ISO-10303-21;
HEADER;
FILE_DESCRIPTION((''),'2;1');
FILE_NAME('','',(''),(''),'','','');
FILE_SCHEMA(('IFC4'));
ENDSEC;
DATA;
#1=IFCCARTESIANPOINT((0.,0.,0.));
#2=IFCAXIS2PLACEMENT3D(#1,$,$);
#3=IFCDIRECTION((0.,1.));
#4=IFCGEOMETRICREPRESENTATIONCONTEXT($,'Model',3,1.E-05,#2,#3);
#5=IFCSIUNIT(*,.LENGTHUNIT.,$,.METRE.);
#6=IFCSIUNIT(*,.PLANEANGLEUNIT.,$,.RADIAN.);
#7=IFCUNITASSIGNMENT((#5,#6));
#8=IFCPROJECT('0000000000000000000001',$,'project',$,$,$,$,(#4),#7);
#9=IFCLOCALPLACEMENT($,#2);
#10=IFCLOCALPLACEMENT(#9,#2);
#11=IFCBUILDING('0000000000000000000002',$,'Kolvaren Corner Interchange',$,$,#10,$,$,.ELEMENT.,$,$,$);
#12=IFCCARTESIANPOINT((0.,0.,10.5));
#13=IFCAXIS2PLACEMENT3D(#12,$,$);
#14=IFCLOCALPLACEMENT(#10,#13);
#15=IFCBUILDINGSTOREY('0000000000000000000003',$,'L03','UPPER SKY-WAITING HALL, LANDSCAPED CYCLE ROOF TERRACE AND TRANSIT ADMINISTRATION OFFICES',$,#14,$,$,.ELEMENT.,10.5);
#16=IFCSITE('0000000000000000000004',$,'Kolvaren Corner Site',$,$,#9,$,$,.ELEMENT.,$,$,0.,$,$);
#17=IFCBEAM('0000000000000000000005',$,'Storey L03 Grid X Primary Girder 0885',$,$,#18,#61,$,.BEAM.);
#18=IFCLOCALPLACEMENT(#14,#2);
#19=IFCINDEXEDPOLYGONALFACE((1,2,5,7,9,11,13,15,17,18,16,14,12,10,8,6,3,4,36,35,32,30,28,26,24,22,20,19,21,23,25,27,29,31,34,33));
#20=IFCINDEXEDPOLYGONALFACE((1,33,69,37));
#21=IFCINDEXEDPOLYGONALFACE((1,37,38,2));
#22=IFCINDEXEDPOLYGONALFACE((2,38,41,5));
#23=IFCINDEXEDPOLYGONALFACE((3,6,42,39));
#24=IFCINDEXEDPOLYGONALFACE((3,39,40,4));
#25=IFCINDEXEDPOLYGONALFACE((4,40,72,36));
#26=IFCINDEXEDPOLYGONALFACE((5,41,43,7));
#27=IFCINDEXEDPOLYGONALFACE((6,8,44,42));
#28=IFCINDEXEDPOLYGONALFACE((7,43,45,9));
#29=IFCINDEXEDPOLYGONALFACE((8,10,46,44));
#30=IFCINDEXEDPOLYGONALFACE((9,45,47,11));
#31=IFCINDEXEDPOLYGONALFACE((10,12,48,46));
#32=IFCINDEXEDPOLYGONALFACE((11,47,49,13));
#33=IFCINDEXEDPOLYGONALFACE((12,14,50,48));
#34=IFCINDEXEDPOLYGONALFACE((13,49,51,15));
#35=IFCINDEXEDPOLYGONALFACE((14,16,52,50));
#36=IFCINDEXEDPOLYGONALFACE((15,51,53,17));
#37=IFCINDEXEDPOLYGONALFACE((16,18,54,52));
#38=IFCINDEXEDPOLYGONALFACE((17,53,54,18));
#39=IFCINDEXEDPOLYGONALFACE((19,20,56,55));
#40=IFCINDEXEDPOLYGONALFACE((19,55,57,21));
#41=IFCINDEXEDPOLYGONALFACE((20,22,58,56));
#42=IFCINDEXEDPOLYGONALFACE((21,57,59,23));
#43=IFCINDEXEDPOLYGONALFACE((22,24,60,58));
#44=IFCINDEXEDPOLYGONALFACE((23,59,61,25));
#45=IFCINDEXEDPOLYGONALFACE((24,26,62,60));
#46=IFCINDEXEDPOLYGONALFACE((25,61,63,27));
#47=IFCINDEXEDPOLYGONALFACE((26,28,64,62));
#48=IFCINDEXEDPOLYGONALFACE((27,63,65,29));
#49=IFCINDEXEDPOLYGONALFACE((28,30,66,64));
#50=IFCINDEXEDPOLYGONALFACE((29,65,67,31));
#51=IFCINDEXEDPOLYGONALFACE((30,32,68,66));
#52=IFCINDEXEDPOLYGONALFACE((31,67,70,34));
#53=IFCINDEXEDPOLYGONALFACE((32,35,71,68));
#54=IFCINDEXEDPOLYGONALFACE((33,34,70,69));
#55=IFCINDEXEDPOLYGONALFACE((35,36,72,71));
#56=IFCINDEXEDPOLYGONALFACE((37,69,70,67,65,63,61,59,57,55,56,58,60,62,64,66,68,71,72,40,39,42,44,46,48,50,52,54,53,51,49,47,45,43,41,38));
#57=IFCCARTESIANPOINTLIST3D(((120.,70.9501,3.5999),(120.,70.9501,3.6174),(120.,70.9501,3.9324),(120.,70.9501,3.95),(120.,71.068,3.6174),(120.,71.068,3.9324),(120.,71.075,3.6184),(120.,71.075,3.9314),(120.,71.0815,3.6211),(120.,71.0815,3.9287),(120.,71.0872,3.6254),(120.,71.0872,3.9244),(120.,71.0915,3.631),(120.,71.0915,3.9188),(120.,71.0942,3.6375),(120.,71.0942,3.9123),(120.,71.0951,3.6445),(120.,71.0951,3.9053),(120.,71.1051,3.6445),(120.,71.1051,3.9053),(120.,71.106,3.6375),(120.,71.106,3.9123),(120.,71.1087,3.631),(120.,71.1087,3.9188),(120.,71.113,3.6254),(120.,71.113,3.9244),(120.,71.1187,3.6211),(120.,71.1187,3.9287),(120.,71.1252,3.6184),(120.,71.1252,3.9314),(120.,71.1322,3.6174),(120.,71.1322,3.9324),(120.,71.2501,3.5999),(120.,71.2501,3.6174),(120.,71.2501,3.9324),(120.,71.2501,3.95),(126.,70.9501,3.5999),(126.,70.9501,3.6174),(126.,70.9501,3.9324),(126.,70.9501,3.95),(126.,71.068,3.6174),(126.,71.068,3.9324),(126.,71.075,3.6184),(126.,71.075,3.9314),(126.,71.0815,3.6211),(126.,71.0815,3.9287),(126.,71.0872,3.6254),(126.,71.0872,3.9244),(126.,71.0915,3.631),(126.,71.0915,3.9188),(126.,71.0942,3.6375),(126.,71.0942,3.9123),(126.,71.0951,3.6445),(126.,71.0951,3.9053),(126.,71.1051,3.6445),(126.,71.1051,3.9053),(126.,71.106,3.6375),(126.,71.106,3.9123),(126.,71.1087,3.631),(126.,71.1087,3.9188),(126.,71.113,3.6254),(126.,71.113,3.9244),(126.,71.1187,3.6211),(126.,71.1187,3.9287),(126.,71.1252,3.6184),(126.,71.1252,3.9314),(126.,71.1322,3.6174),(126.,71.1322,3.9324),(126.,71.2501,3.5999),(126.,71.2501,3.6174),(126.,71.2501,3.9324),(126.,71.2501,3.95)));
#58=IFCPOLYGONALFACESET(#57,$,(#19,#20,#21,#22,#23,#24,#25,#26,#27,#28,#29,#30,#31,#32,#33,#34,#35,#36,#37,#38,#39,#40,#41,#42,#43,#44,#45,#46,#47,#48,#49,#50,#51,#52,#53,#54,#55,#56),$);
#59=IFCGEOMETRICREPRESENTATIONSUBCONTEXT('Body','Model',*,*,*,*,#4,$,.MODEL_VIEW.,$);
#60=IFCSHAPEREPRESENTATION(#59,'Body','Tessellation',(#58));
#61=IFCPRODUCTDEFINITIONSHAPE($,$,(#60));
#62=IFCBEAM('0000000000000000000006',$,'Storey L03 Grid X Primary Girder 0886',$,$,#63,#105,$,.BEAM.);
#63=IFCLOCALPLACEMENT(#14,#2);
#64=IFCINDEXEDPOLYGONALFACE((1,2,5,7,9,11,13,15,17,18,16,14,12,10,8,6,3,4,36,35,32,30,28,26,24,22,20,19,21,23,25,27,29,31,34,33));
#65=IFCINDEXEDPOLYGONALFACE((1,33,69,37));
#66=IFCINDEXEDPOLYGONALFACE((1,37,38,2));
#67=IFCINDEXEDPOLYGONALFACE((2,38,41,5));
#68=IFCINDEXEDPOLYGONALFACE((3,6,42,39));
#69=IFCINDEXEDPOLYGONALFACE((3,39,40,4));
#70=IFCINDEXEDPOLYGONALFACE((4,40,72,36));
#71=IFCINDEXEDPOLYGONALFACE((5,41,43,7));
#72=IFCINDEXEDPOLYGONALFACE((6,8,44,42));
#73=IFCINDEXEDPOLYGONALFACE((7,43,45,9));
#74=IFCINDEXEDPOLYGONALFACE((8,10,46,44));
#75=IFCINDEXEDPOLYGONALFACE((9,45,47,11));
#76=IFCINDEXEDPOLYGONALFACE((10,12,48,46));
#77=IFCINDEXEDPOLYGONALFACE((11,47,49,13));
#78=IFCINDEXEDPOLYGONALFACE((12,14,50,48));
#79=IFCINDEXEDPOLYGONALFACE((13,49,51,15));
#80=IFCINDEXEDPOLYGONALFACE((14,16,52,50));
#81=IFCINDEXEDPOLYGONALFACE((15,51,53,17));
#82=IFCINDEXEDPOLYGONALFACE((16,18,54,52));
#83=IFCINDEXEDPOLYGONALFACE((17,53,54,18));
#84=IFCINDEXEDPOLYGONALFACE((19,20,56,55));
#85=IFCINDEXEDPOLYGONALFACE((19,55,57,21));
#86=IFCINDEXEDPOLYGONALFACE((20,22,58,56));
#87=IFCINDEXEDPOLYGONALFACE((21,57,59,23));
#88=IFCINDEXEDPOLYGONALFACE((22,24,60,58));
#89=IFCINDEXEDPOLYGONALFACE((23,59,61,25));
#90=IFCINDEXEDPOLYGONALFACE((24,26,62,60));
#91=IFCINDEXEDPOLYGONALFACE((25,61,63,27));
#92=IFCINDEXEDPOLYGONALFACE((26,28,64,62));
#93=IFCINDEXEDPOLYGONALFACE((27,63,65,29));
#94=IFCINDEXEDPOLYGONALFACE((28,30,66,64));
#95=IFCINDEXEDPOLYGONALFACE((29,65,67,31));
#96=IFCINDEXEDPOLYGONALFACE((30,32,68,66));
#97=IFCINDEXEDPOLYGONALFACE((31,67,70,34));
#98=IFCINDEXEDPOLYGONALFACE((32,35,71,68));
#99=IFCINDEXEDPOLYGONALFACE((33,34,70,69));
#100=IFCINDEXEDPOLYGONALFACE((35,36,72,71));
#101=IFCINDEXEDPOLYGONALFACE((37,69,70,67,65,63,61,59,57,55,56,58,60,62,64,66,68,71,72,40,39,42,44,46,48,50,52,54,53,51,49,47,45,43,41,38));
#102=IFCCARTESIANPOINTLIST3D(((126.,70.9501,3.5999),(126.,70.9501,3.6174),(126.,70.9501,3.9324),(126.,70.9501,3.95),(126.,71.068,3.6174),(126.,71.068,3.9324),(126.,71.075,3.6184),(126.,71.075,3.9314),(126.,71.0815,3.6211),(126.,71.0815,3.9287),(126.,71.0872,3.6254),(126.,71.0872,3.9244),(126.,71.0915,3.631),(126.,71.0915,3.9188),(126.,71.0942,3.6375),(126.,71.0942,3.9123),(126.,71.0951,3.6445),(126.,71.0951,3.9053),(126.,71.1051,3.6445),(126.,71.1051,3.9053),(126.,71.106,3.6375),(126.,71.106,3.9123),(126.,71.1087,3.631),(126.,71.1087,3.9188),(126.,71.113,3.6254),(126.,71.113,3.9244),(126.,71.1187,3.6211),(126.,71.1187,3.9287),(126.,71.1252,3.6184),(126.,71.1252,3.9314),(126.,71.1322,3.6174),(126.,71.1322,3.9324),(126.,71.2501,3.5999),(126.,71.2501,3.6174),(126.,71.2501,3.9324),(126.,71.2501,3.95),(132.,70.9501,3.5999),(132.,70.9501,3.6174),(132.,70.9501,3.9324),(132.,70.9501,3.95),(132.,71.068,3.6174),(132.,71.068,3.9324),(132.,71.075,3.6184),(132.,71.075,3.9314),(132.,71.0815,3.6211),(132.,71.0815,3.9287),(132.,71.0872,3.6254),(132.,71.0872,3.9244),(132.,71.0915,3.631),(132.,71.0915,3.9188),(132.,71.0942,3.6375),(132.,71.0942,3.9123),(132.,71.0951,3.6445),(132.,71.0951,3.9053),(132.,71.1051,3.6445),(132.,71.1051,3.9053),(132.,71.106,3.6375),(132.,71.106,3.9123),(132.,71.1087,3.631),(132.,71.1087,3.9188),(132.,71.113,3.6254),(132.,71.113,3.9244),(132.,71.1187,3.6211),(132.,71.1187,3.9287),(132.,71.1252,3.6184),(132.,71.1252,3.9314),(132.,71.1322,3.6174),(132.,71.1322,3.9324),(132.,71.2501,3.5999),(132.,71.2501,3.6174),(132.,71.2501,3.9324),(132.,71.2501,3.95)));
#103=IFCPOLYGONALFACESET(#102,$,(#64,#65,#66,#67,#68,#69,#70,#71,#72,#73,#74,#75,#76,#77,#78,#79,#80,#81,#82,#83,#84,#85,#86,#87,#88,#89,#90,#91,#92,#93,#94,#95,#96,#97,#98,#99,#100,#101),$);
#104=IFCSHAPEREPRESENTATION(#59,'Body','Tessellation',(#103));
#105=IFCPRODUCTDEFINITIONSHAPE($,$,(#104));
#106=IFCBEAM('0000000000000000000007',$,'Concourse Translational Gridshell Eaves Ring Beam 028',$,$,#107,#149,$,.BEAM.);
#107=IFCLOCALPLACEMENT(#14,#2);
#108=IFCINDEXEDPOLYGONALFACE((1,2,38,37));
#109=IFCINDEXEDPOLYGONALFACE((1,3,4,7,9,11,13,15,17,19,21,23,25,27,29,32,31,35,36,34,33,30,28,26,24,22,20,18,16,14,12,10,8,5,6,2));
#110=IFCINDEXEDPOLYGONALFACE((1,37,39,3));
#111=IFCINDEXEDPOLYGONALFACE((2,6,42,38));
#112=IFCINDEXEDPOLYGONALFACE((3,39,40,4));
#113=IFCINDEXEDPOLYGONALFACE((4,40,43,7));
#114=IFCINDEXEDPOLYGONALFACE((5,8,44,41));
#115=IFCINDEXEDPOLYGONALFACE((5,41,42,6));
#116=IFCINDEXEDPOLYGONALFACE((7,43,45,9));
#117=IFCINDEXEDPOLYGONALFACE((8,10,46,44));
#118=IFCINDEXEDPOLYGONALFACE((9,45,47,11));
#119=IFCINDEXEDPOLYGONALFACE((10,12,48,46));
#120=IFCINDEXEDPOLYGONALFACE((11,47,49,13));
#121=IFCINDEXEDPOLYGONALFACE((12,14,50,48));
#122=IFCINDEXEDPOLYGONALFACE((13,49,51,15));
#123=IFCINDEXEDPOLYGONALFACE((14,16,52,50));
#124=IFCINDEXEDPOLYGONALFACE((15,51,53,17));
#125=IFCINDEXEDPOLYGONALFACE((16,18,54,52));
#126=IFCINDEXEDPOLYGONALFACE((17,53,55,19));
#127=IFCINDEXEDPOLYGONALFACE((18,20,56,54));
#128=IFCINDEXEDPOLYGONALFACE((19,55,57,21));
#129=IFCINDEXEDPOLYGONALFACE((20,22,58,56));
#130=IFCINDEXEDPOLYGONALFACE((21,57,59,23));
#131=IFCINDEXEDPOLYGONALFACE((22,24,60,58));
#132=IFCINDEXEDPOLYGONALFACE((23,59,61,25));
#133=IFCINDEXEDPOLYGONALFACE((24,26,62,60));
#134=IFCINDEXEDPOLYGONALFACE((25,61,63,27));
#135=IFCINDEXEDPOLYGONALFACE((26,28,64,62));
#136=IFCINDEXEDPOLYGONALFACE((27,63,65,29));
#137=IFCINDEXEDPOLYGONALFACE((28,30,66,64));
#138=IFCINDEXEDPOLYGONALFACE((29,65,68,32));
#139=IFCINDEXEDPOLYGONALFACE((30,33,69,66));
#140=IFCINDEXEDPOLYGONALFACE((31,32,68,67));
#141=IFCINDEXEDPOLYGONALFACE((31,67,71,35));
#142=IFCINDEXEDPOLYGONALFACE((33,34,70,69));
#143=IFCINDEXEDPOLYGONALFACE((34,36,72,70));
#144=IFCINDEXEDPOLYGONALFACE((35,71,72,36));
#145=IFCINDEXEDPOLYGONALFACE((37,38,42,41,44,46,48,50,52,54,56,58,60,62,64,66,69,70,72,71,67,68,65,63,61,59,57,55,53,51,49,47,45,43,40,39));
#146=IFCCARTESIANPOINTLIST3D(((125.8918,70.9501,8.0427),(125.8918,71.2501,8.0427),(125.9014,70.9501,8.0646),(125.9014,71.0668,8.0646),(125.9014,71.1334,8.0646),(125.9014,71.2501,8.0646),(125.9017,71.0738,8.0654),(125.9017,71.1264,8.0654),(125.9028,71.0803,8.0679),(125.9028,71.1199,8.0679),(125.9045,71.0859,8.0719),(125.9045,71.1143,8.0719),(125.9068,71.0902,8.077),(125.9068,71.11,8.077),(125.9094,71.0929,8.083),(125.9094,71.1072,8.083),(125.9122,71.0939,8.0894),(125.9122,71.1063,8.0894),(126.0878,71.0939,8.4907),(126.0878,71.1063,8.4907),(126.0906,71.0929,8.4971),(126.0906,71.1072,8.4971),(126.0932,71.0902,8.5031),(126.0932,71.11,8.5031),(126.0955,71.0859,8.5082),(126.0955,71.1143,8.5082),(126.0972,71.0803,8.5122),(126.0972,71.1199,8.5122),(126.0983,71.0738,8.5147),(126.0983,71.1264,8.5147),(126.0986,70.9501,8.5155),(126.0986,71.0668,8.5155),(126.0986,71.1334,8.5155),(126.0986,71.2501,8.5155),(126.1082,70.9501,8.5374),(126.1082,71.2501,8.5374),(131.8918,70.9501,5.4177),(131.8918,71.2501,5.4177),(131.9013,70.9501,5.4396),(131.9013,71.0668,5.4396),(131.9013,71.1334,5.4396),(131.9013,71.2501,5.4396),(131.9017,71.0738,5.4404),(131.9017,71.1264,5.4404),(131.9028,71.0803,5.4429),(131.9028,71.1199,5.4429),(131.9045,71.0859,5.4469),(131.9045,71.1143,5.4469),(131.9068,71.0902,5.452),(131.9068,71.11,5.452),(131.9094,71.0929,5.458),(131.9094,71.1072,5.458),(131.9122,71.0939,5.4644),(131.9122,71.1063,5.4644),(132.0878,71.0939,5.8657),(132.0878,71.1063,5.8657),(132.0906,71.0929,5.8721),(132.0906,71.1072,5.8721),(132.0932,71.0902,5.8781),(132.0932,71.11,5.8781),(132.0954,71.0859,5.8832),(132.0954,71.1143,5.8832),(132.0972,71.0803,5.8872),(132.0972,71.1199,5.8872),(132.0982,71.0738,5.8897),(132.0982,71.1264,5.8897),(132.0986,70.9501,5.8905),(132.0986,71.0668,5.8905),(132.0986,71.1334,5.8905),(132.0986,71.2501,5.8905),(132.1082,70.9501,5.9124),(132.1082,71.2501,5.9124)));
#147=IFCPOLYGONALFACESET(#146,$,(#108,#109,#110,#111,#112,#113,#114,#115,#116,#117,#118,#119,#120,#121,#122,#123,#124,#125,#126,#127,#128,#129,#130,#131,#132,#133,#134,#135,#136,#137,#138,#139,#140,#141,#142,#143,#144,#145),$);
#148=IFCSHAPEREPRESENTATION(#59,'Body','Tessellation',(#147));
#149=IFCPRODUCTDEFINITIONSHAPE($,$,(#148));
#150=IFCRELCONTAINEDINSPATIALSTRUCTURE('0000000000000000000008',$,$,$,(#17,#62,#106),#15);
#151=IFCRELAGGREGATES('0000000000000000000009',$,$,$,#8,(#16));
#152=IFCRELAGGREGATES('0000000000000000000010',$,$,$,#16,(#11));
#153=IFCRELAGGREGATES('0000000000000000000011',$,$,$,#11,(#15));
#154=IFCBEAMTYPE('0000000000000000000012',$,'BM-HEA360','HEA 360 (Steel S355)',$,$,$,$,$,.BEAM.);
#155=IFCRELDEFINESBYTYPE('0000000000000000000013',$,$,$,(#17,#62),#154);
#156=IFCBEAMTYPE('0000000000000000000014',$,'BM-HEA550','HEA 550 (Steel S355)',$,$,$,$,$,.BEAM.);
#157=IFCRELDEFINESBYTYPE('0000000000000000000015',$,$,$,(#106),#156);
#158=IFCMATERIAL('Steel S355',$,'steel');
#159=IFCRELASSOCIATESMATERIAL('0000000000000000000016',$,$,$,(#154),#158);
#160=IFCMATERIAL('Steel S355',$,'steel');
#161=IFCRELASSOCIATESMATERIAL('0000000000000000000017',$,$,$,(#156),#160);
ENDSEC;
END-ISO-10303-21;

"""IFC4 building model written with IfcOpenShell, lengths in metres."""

from ifc_helpers import new_model, si_unit, direction, frame, origin, origin_2d, place, context, subcontext, project, spatial, i_section, extrude, material, material_profile, profile_set, type_object, element, save


model = new_model("IFC4")

# Units and contexts
model_context = context("Model", 3, precision=1e-05, world=origin(), true_north=direction((0.0, 1.0)))
body_context = subcontext(model_context, "Body", "Model", "MODEL_VIEW")
ifc_project = project(units=[si_unit("LENGTHUNIT", "METRE"), si_unit("PLANEANGLEUNIT", "RADIAN")], contexts=[model_context])

# Site, building, storey
site_placement = place(None, origin())
site = spatial("IfcSite", under=ifc_project, at=site_placement, Name="Kolvaren Corner Site", CompositionType="ELEMENT", RefElevation=0.0)
building_placement = place(site_placement, origin())
building = spatial("IfcBuilding", under=site, at=building_placement, Name="Kolvaren Corner Interchange", CompositionType="ELEMENT")
storey_placement = place(building_placement, frame((0.0, 0.0, 10.5)))
storey = spatial("IfcBuildingStorey", under=building, at=storey_placement, Name="L03", Description="UPPER SKY-WAITING HALL, LANDSCAPED CYCLE ROOF TERRACE AND TRANSIT ADMINISTRATION OFFICES", CompositionType="ELEMENT", Elevation=10.5)

# Beams
ifc_material_1 = material(Name="Steel S355", Category="steel")
ifc_material_profile_1 = material_profile(ifc_material_1, i_section(OverallWidth=0.3, OverallDepth=0.3501, WebThickness=0.01, FlangeThickness=0.0176, FilletRadius=0.0271, at=origin_2d()), Name="HEA 360")
ifc_profile_set_1 = profile_set([ifc_material_profile_1], Name="Steel S355")
beam_type_1 = type_object("IfcBeamType", Name="BM-HEA360", Description="HEA 360 (Steel S355)", PredefinedType="BEAM", material=ifc_profile_set_1)
for number, where, z_axis, x_axis, name in (
    (1, (120.0, 71.1001, 3.7749), (1.0, 0.0, 0.0), (0.0, 1.0, 0.0), "Storey L03 Grid X Primary Girder 0885"),
    (2, (126.0, 71.1001, 3.7749), (1.0, 0.0, 0.0), (0.0, 1.0, 0.0), "Storey L03 Grid X Primary Girder 0886"),
):
    element("IfcBeam", number, at=place(storey_placement, frame(where, z_axis=z_axis, x_axis=x_axis)), inside=storey, type_object=beam_type_1, Name=name, PredefinedType="BEAM", context=body_context, shape_type="SweptSolid", body=[
        extrude(i_section(OverallWidth=0.3, OverallDepth=0.3501, WebThickness=0.01, FlangeThickness=0.0176, FilletRadius=0.0271, at=origin_2d()), origin(), (0.0, 0.0, 1.0), 6.0),
    ])
ifc_material_2 = material(Name="Steel S355", Category="steel")
ifc_material_profile_2 = material_profile(ifc_material_2, i_section(OverallWidth=0.3, OverallDepth=0.54, WebThickness=0.0125, FlangeThickness=0.0239, FilletRadius=0.0271, at=origin_2d()), Name="HEA 550")
ifc_profile_set_2 = profile_set([ifc_material_profile_2], Name="Steel S355")
beam_type_2 = type_object("IfcBeamType", Name="BM-HEA550", Description="HEA 550 (Steel S355)", PredefinedType="BEAM", material=ifc_profile_set_2)
beam_placement = place(storey_placement, frame((126.0, 71.1001, 8.29), z_axis=(0.916157, 0.0, -0.400819), x_axis=(0.0, 1.0, 0.0)))
element("IfcBeam", 3, at=beam_placement, inside=storey, type_object=beam_type_2, Name="Concourse Translational Gridshell Eaves Ring Beam 028", PredefinedType="BEAM", context=body_context, shape_type="SweptSolid", body=[
    extrude(i_section(OverallWidth=0.3, OverallDepth=0.54, WebThickness=0.0125, FlangeThickness=0.0239, FilletRadius=0.0271, at=origin_2d()), origin(), (0.0, 0.0, 1.0), 6.5491),
])

save(model, "model.ifc")
